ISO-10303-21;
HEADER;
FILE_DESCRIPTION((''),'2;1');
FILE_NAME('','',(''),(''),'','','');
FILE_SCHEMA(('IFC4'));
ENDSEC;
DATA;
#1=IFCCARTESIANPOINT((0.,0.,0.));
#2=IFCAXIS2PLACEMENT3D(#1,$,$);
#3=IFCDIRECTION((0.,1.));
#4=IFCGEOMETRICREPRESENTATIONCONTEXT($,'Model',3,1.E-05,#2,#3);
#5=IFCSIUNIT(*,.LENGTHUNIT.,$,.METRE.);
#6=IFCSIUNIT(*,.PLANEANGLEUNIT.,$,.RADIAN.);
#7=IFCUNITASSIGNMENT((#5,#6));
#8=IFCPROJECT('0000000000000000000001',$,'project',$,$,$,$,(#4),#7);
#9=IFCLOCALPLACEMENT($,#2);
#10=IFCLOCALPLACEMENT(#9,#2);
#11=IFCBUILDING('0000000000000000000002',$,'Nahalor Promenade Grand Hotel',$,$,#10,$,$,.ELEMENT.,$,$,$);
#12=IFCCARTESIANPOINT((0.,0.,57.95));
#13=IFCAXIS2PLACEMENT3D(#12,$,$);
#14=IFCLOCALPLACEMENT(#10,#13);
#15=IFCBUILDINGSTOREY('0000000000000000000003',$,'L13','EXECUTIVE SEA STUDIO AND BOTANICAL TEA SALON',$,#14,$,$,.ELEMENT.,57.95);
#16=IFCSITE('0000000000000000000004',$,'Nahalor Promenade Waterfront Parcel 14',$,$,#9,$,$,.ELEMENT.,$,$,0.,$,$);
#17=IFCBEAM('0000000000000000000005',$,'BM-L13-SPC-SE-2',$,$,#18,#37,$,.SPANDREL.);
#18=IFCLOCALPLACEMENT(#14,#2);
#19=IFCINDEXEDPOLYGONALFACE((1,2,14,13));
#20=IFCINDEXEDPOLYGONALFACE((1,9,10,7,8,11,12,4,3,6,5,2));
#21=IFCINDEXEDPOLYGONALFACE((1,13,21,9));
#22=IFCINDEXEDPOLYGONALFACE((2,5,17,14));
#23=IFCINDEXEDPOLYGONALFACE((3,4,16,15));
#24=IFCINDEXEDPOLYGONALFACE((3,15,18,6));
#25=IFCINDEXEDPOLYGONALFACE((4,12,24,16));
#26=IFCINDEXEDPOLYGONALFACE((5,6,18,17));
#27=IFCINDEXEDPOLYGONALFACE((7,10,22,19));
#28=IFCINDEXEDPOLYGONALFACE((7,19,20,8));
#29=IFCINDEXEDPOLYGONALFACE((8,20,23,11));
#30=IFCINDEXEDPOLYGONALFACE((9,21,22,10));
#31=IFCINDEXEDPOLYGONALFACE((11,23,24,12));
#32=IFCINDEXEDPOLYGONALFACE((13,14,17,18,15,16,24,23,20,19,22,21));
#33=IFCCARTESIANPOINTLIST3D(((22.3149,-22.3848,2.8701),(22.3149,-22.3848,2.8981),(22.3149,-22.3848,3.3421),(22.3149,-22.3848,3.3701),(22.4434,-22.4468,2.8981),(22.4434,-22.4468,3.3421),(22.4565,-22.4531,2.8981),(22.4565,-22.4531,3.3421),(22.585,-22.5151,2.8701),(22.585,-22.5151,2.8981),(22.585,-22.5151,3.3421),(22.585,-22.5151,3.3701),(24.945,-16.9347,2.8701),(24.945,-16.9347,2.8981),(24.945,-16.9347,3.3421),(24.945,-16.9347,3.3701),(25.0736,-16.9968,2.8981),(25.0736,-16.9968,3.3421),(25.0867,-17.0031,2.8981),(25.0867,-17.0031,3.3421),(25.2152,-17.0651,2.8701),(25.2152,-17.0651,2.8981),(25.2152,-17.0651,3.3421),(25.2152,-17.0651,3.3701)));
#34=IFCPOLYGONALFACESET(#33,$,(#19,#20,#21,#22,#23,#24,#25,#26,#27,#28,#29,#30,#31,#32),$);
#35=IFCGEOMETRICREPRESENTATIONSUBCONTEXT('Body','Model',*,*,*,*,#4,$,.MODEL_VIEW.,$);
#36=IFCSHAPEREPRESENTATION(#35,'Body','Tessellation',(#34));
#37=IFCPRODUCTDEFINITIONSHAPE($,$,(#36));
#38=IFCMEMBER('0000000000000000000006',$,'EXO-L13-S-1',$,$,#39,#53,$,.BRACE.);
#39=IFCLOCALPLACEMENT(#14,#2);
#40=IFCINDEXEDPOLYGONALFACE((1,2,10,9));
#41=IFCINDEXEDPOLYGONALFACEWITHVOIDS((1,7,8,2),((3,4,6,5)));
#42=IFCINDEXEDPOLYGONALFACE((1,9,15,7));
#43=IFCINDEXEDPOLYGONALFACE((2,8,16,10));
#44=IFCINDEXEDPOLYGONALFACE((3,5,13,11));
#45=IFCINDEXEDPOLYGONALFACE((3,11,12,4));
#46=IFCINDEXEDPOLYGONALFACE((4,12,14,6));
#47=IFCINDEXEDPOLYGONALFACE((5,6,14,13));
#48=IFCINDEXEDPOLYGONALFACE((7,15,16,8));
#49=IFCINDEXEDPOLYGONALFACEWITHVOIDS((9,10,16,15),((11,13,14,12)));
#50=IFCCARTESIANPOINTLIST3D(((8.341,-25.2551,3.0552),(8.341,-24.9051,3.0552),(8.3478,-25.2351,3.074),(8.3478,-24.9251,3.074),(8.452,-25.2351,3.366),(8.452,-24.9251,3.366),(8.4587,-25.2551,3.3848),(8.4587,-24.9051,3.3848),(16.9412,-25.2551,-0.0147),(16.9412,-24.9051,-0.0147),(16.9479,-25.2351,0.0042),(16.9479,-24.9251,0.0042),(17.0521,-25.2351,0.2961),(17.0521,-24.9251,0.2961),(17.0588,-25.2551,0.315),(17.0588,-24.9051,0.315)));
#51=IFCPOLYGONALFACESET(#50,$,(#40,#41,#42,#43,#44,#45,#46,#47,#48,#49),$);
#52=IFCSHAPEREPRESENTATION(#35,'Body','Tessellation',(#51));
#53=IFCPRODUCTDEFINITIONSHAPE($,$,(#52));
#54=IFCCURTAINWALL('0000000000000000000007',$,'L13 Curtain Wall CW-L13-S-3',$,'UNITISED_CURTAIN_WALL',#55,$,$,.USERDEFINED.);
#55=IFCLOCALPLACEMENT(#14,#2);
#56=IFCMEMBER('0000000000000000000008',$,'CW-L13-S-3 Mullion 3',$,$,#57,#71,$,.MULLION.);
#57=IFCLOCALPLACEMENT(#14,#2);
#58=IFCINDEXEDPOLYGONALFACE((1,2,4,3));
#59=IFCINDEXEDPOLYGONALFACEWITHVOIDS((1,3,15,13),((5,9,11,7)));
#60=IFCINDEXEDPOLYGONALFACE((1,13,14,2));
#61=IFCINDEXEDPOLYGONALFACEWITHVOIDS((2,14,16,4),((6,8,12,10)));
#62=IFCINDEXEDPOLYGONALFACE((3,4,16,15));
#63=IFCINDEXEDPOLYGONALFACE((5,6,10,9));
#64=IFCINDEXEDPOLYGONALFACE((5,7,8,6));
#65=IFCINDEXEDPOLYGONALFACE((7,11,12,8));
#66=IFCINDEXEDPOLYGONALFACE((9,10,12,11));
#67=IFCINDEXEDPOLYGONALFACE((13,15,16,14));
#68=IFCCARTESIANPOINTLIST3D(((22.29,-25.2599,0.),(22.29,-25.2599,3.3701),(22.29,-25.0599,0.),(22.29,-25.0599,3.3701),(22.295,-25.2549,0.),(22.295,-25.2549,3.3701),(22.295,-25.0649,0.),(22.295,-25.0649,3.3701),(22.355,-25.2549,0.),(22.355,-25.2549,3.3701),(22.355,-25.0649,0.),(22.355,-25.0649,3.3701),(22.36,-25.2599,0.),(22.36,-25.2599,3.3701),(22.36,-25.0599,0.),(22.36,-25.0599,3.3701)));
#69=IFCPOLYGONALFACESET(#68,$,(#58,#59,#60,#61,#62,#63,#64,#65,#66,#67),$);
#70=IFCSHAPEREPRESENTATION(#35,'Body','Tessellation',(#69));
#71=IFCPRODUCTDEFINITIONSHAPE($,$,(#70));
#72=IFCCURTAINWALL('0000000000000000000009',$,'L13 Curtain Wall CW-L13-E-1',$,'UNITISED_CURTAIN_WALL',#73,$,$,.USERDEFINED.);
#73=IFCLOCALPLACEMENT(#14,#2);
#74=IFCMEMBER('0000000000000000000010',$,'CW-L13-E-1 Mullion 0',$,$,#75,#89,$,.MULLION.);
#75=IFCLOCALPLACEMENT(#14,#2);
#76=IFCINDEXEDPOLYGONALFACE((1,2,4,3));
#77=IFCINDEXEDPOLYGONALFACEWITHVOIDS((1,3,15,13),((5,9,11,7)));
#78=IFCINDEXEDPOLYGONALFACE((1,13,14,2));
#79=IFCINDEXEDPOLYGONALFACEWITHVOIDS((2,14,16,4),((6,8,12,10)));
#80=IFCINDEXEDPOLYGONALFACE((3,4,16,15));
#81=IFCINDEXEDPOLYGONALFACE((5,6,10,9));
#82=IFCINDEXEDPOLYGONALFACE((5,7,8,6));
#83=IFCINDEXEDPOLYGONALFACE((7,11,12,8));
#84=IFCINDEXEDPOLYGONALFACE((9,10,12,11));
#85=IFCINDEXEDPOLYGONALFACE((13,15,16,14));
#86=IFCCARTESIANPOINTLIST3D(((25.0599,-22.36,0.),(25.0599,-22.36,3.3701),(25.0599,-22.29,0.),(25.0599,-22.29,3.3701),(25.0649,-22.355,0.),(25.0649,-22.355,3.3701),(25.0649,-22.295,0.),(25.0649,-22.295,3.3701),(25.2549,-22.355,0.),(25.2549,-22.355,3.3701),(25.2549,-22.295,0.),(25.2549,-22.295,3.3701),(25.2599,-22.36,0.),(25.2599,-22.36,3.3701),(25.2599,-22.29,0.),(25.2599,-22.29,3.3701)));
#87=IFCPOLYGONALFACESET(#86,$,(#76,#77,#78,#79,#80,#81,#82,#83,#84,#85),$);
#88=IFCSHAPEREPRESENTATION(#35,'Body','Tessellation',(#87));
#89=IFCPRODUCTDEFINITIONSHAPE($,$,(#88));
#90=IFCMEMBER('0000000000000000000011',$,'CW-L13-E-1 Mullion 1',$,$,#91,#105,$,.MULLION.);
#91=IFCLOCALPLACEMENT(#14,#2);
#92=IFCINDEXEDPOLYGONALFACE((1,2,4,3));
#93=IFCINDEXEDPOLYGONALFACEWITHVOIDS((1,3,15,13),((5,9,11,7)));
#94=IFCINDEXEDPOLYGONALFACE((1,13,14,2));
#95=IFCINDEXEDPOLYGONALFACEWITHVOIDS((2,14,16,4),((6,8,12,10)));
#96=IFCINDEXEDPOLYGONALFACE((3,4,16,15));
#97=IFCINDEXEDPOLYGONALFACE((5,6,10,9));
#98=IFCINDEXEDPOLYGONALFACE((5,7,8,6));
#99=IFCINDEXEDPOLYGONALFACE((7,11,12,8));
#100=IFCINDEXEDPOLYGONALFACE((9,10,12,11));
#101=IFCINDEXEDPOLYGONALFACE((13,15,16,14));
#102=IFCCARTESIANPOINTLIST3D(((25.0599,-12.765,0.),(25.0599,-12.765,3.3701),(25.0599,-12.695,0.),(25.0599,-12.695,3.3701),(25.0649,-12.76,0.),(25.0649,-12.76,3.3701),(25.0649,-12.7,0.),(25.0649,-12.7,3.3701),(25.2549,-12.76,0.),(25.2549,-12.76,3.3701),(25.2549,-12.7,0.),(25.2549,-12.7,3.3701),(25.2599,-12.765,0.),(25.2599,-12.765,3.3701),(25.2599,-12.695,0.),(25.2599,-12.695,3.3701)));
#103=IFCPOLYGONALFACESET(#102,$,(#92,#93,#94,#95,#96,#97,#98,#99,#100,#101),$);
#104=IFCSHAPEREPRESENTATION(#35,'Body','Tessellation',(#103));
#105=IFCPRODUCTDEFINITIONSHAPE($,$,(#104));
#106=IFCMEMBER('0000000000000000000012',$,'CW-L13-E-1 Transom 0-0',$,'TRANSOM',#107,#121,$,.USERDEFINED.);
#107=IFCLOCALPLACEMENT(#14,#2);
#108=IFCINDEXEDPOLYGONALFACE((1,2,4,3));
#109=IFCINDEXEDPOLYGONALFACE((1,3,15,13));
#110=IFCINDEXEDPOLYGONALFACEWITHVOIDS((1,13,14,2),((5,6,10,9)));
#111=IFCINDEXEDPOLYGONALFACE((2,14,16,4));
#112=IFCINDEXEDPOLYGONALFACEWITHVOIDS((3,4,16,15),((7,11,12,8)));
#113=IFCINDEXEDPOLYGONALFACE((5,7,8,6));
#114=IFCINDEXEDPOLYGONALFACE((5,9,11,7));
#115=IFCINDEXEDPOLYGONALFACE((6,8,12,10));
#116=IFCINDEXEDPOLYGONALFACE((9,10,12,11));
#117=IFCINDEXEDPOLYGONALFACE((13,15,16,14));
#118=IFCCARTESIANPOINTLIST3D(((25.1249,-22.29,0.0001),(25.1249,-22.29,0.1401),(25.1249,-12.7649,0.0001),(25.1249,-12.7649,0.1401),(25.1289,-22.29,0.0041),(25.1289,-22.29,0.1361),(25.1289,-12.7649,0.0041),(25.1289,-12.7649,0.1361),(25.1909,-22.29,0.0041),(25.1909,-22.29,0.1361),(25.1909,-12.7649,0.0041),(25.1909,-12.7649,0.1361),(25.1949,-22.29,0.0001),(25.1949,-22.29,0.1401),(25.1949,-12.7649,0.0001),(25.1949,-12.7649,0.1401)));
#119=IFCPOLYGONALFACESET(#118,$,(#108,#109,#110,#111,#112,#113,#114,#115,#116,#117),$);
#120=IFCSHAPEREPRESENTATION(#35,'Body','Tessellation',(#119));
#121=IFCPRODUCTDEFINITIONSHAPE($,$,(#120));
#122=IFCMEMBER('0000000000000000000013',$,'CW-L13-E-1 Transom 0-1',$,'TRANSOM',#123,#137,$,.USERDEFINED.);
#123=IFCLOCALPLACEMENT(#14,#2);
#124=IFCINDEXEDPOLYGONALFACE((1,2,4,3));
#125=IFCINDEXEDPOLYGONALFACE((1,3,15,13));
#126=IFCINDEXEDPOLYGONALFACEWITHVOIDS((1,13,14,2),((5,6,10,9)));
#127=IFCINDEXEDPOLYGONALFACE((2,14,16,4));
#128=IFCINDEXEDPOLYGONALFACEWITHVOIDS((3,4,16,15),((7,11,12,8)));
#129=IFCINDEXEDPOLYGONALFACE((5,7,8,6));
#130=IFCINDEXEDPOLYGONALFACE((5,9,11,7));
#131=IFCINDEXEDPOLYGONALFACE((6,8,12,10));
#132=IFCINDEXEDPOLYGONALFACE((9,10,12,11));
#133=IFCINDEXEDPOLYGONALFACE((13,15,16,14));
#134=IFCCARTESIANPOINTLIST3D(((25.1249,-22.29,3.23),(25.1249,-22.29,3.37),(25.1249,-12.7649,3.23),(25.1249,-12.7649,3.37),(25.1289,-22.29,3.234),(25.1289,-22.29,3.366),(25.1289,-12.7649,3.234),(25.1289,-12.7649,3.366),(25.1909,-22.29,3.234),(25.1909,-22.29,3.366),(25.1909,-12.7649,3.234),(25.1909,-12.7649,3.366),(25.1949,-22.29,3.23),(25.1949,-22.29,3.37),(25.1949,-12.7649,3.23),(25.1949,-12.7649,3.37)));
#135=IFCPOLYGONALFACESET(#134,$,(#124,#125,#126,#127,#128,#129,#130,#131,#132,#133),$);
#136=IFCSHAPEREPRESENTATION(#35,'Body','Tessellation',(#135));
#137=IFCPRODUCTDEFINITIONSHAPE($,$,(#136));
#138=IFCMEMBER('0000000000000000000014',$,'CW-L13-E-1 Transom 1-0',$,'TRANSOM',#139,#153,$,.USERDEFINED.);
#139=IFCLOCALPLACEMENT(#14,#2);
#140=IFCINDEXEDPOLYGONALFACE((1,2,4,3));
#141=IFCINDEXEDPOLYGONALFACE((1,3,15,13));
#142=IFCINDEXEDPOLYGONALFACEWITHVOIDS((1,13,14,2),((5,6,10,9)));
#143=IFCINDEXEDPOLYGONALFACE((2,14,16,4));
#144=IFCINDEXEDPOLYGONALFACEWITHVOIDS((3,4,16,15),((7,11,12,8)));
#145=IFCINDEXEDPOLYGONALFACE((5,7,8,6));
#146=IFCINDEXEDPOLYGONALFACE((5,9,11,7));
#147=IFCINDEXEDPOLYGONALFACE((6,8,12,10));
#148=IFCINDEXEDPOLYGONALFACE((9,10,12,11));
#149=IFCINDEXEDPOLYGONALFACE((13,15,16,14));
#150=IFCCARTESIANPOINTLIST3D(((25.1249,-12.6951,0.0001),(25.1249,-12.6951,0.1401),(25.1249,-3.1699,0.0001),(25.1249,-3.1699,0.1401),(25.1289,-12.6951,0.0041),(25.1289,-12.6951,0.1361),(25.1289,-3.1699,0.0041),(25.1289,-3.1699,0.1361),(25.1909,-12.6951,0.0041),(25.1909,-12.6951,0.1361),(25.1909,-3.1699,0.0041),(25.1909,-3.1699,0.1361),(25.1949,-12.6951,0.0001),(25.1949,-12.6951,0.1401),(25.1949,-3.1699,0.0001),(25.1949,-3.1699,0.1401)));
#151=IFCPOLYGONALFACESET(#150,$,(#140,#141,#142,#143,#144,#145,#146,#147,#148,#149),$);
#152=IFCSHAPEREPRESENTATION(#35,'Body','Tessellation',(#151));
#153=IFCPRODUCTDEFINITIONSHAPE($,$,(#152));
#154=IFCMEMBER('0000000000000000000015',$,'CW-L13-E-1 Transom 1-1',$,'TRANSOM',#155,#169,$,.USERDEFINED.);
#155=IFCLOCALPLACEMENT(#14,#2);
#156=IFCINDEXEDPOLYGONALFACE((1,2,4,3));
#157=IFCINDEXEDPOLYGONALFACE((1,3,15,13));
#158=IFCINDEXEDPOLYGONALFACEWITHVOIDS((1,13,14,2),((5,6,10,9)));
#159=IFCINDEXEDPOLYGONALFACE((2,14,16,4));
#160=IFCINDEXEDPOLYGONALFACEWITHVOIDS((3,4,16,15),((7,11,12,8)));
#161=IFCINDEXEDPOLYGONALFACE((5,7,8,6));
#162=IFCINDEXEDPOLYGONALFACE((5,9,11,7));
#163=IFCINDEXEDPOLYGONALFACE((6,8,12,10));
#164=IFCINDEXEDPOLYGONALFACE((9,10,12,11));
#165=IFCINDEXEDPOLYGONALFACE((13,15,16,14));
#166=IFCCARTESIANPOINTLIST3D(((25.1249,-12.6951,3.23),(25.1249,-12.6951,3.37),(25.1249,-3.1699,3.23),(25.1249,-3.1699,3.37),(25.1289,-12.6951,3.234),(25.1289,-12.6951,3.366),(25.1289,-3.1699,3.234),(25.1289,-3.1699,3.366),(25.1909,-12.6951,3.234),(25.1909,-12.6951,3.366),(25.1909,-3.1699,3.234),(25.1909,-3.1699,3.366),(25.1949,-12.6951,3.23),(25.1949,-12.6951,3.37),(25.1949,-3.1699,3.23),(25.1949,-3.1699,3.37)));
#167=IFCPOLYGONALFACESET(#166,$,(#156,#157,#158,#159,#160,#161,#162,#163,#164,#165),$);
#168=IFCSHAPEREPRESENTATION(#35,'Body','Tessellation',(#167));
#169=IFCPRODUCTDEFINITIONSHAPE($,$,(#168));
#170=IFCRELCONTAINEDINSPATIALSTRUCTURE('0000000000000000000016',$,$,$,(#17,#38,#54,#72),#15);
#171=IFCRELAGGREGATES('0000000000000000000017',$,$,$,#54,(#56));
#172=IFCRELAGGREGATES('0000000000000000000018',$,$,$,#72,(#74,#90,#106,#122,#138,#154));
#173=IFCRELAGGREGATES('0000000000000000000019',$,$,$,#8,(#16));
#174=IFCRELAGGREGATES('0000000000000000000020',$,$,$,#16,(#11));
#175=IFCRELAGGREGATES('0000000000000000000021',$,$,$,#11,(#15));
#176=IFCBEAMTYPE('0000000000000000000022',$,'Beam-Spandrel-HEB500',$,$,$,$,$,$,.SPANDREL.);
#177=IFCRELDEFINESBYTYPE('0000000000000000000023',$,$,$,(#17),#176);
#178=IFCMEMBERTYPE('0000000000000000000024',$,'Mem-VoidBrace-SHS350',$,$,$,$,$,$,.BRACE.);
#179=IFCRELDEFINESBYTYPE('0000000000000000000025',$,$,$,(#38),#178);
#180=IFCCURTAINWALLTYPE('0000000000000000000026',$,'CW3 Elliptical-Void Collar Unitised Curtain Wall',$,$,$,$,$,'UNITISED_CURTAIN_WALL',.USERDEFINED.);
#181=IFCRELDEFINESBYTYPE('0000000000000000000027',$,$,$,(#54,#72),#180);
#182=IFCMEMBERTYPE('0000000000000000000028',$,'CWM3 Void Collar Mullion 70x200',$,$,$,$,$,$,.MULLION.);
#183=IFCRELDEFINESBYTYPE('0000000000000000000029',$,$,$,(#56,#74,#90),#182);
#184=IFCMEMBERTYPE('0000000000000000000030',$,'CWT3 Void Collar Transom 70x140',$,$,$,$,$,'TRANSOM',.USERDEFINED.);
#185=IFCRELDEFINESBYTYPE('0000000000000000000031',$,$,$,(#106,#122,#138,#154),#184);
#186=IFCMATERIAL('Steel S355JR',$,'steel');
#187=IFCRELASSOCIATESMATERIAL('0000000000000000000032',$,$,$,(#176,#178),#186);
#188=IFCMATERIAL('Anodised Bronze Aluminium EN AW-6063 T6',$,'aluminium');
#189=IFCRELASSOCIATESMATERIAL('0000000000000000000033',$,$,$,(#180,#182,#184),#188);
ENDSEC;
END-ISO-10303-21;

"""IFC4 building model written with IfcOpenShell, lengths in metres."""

from ifc_helpers import new_model, si_unit, direction, frame, origin, origin_2d, place, context, subcontext, project, spatial, hollow_rectangle, i_section, extrude, source, transform, mapped, material, material_profile, profile_set, type_object, element, aggregate, save


model = new_model("IFC4")

# Units and contexts
model_context = context("Model", 3, precision=1e-05, world=origin(), true_north=direction((0.0, 1.0)))
body_context = subcontext(model_context, "Body", "Model", "MODEL_VIEW")
ifc_project = project(units=[si_unit("LENGTHUNIT", "METRE"), si_unit("PLANEANGLEUNIT", "RADIAN")], contexts=[model_context])

# Site, building, storey
site_placement = place(None, origin())
site = spatial("IfcSite", under=ifc_project, at=site_placement, Name="Nahalor Promenade Waterfront Parcel 14", CompositionType="ELEMENT", RefElevation=0.0)
building_placement = place(site_placement, origin())
building = spatial("IfcBuilding", under=site, at=building_placement, Name="Nahalor Promenade Grand Hotel", CompositionType="ELEMENT")
storey_placement = place(building_placement, frame((0.0, 0.0, 57.95)))
storey = spatial("IfcBuildingStorey", under=building, at=storey_placement, Name="L13", Description="EXECUTIVE SEA STUDIO AND BOTANICAL TEA SALON", CompositionType="ELEMENT", Elevation=57.95)

# Beam
ifc_material_1 = material(Name="Steel S355JR", Category="steel")
ifc_material_profile_1 = material_profile(ifc_material_1, i_section(OverallWidth=0.3, OverallDepth=0.5, WebThickness=0.0145, FlangeThickness=0.028, at=origin_2d()), Name="HEB 500")
ifc_profile_set_1 = profile_set([ifc_material_profile_1], Name="Steel S355JR")
beam_type_1 = type_object("IfcBeamType", Name="Beam-Spandrel-HEB500", PredefinedType="SPANDREL", material=ifc_profile_set_1)
shared_shape_1 = source(origin(), body_context, "Body", "SweptSolid", [
    extrude(i_section(OverallWidth=0.3, OverallDepth=0.5, WebThickness=0.0145, FlangeThickness=0.028, at=origin_2d()), origin(), (0.0, 0.0, 1.0), 6.0515),
])
for number, where, z_axis, x_axis, name in (
    (1, (22.45, -22.45, 3.1201), (0.434631, 0.900609, 0.0), (-0.900609, 0.434631, 0.0), "BM-L13-SPC-SE-2"),
):
    element("IfcBeam", number, at=place(storey_placement, frame(where, z_axis=z_axis, x_axis=x_axis)), inside=storey, type_object=beam_type_1, Name=name, PredefinedType="SPANDREL", context=body_context, shape_type="MappedRepresentation", body=[
        mapped(shared_shape_1, transform((0.0, 0.0, 0.0), scale=1.0)),
    ])

# Member
ifc_material_profile_2 = material_profile(ifc_material_1, hollow_rectangle(XDim=0.35, YDim=0.35, WallThickness=0.02, at=origin_2d()), Name="SHS 350x350x20")
ifc_profile_set_2 = profile_set([ifc_material_profile_2], Name="Steel S355JR")
member_type_1 = type_object("IfcMemberType", Name="Mem-VoidBrace-SHS350", PredefinedType="BRACE", material=ifc_profile_set_2)
shared_shape_2 = source(origin(), body_context, "Body", "SweptSolid", [
    extrude(hollow_rectangle(XDim=0.35, YDim=0.35, WallThickness=0.02, at=origin_2d()), origin(), (0.0, 0.0, 1.0), 9.1316),
])
member_1_placement = place(storey_placement, frame((17.0, -25.0801, 0.1501), z_axis=(-0.941799, 0.0, 0.336177), x_axis=(0.0, -1.0, 0.0)))
element("IfcMember", 2, at=member_1_placement, inside=storey, type_object=member_type_1, Name="EXO-L13-S-1", PredefinedType="BRACE", context=body_context, shape_type="MappedRepresentation", body=[
    mapped(shared_shape_2, transform((0.0, 0.0, 0.0), scale=1.0)),
])

# Curtain wall, member
ifc_material_2 = material(Name="Anodised Bronze Aluminium EN AW-6063 T6", Category="aluminium")
curtain_wall_type = type_object("IfcCurtainWallType", Name="CW3 Elliptical-Void Collar Unitised Curtain Wall", ElementType="UNITISED_CURTAIN_WALL", PredefinedType="USERDEFINED", material=ifc_material_2)
curtain_wall_1_placement = place(storey_placement, origin())
curtain_wall_1 = element("IfcCurtainWall", 3, at=curtain_wall_1_placement, inside=storey, type_object=curtain_wall_type, Name="L13 Curtain Wall CW-L13-S-3", ObjectType="UNITISED_CURTAIN_WALL", PredefinedType="USERDEFINED")
ifc_material_profile_3 = material_profile(ifc_material_2, hollow_rectangle(XDim=0.07, YDim=0.2, WallThickness=0.005, at=origin_2d()), Name="CWM 70x200x5")
ifc_profile_set_3 = profile_set([ifc_material_profile_3], Name="Anodised Bronze Aluminium EN AW-6063 T6")
member_type_2 = type_object("IfcMemberType", Name="CWM3 Void Collar Mullion 70x200", PredefinedType="MULLION", material=ifc_profile_set_3)
shared_shape_3 = source(origin(), body_context, "Body", "SweptSolid", [
    extrude(hollow_rectangle(XDim=0.07, YDim=0.2, WallThickness=0.005, at=origin_2d()), origin(), (0.0, 0.0, 1.0), 3.3701),
])
member_2_placement = place(storey_placement, frame((22.325, -25.1599, 0.0), z_axis=(0.0, 0.0, 1.0), x_axis=(1.0, 0.0, 0.0)))
member_2 = element("IfcMember", 4, at=member_2_placement, type_object=member_type_2, Name="CW-L13-S-3 Mullion 3", PredefinedType="MULLION", context=body_context, shape_type="MappedRepresentation", body=[
    mapped(shared_shape_3, transform((0.0, 0.0, 0.0), scale=1.0)),
])

# Curtain wall, members
curtain_wall_2_placement = place(storey_placement, origin())
curtain_wall_2 = element("IfcCurtainWall", 5, at=curtain_wall_2_placement, inside=storey, type_object=curtain_wall_type, Name="L13 Curtain Wall CW-L13-E-1", ObjectType="UNITISED_CURTAIN_WALL", PredefinedType="USERDEFINED")
member_3_placement = place(storey_placement, frame((25.1599, -22.325, 0.0), z_axis=(0.0, 0.0, 1.0), x_axis=(0.0, 1.0, 0.0)))
member_3 = element("IfcMember", 6, at=member_3_placement, type_object=member_type_2, Name="CW-L13-E-1 Mullion 0", PredefinedType="MULLION", context=body_context, shape_type="MappedRepresentation", body=[
    mapped(shared_shape_3, transform((0.0, 0.0, 0.0), scale=1.0)),
])
member_4_placement = place(storey_placement, frame((25.1599, -12.73, 0.0), z_axis=(0.0, 0.0, 1.0), x_axis=(0.0, 1.0, 0.0)))
member_4 = element("IfcMember", 7, at=member_4_placement, type_object=member_type_2, Name="CW-L13-E-1 Mullion 1", PredefinedType="MULLION", context=body_context, shape_type="MappedRepresentation", body=[
    mapped(shared_shape_3, transform((0.0, 0.0, 0.0), scale=1.0)),
])
ifc_material_profile_4 = material_profile(ifc_material_2, hollow_rectangle(XDim=0.07, YDim=0.14, WallThickness=0.004, at=origin_2d()), Name="CWT 70x140x4")
ifc_profile_set_4 = profile_set([ifc_material_profile_4], Name="Anodised Bronze Aluminium EN AW-6063 T6")
member_type_3 = type_object("IfcMemberType", Name="CWT3 Void Collar Transom 70x140", ElementType="TRANSOM", PredefinedType="USERDEFINED", material=ifc_profile_set_4)
shared_shape_4 = source(origin(), body_context, "Body", "SweptSolid", [
    extrude(hollow_rectangle(XDim=0.07, YDim=0.14, WallThickness=0.004, at=origin_2d()), origin(), (0.0, 0.0, 1.0), 9.5251),
])
member_5_placement = place(storey_placement, frame((25.1599, -22.29, 0.0701), z_axis=(0.0, 1.0, 0.0), x_axis=(-1.0, 0.0, 0.0)))
member_5 = element("IfcMember", 8, at=member_5_placement, type_object=member_type_3, Name="CW-L13-E-1 Transom 0-0", ObjectType="TRANSOM", PredefinedType="USERDEFINED", context=body_context, shape_type="MappedRepresentation", body=[
    mapped(shared_shape_4, transform((0.0, 0.0, 0.0), scale=1.0)),
])
member_6_placement = place(storey_placement, frame((25.1599, -22.29, 3.3), z_axis=(0.0, 1.0, 0.0), x_axis=(-1.0, 0.0, 0.0)))
member_6 = element("IfcMember", 9, at=member_6_placement, type_object=member_type_3, Name="CW-L13-E-1 Transom 0-1", ObjectType="TRANSOM", PredefinedType="USERDEFINED", context=body_context, shape_type="MappedRepresentation", body=[
    mapped(shared_shape_4, transform((0.0, 0.0, 0.0), scale=1.0)),
])
member_7_placement = place(storey_placement, frame((25.1599, -12.6951, 0.0701), z_axis=(0.0, 1.0, 0.0), x_axis=(-1.0, 0.0, 0.0)))
member_7 = element("IfcMember", 10, at=member_7_placement, type_object=member_type_3, Name="CW-L13-E-1 Transom 1-0", ObjectType="TRANSOM", PredefinedType="USERDEFINED", context=body_context, shape_type="MappedRepresentation", body=[
    mapped(shared_shape_4, transform((0.0, 0.0, 0.0), scale=1.0)),
])
member_8_placement = place(storey_placement, frame((25.1599, -12.6951, 3.3), z_axis=(0.0, 1.0, 0.0), x_axis=(-1.0, 0.0, 0.0)))
member_8 = element("IfcMember", 11, at=member_8_placement, type_object=member_type_3, Name="CW-L13-E-1 Transom 1-1", ObjectType="TRANSOM", PredefinedType="USERDEFINED", context=body_context, shape_type="MappedRepresentation", body=[
    mapped(shared_shape_4, transform((0.0, 0.0, 0.0), scale=1.0)),
])

aggregate(curtain_wall_1, [member_2])
aggregate(curtain_wall_2, [member_3, member_4, member_5, member_6, member_7, member_8])

save(model, "model.ifc")
